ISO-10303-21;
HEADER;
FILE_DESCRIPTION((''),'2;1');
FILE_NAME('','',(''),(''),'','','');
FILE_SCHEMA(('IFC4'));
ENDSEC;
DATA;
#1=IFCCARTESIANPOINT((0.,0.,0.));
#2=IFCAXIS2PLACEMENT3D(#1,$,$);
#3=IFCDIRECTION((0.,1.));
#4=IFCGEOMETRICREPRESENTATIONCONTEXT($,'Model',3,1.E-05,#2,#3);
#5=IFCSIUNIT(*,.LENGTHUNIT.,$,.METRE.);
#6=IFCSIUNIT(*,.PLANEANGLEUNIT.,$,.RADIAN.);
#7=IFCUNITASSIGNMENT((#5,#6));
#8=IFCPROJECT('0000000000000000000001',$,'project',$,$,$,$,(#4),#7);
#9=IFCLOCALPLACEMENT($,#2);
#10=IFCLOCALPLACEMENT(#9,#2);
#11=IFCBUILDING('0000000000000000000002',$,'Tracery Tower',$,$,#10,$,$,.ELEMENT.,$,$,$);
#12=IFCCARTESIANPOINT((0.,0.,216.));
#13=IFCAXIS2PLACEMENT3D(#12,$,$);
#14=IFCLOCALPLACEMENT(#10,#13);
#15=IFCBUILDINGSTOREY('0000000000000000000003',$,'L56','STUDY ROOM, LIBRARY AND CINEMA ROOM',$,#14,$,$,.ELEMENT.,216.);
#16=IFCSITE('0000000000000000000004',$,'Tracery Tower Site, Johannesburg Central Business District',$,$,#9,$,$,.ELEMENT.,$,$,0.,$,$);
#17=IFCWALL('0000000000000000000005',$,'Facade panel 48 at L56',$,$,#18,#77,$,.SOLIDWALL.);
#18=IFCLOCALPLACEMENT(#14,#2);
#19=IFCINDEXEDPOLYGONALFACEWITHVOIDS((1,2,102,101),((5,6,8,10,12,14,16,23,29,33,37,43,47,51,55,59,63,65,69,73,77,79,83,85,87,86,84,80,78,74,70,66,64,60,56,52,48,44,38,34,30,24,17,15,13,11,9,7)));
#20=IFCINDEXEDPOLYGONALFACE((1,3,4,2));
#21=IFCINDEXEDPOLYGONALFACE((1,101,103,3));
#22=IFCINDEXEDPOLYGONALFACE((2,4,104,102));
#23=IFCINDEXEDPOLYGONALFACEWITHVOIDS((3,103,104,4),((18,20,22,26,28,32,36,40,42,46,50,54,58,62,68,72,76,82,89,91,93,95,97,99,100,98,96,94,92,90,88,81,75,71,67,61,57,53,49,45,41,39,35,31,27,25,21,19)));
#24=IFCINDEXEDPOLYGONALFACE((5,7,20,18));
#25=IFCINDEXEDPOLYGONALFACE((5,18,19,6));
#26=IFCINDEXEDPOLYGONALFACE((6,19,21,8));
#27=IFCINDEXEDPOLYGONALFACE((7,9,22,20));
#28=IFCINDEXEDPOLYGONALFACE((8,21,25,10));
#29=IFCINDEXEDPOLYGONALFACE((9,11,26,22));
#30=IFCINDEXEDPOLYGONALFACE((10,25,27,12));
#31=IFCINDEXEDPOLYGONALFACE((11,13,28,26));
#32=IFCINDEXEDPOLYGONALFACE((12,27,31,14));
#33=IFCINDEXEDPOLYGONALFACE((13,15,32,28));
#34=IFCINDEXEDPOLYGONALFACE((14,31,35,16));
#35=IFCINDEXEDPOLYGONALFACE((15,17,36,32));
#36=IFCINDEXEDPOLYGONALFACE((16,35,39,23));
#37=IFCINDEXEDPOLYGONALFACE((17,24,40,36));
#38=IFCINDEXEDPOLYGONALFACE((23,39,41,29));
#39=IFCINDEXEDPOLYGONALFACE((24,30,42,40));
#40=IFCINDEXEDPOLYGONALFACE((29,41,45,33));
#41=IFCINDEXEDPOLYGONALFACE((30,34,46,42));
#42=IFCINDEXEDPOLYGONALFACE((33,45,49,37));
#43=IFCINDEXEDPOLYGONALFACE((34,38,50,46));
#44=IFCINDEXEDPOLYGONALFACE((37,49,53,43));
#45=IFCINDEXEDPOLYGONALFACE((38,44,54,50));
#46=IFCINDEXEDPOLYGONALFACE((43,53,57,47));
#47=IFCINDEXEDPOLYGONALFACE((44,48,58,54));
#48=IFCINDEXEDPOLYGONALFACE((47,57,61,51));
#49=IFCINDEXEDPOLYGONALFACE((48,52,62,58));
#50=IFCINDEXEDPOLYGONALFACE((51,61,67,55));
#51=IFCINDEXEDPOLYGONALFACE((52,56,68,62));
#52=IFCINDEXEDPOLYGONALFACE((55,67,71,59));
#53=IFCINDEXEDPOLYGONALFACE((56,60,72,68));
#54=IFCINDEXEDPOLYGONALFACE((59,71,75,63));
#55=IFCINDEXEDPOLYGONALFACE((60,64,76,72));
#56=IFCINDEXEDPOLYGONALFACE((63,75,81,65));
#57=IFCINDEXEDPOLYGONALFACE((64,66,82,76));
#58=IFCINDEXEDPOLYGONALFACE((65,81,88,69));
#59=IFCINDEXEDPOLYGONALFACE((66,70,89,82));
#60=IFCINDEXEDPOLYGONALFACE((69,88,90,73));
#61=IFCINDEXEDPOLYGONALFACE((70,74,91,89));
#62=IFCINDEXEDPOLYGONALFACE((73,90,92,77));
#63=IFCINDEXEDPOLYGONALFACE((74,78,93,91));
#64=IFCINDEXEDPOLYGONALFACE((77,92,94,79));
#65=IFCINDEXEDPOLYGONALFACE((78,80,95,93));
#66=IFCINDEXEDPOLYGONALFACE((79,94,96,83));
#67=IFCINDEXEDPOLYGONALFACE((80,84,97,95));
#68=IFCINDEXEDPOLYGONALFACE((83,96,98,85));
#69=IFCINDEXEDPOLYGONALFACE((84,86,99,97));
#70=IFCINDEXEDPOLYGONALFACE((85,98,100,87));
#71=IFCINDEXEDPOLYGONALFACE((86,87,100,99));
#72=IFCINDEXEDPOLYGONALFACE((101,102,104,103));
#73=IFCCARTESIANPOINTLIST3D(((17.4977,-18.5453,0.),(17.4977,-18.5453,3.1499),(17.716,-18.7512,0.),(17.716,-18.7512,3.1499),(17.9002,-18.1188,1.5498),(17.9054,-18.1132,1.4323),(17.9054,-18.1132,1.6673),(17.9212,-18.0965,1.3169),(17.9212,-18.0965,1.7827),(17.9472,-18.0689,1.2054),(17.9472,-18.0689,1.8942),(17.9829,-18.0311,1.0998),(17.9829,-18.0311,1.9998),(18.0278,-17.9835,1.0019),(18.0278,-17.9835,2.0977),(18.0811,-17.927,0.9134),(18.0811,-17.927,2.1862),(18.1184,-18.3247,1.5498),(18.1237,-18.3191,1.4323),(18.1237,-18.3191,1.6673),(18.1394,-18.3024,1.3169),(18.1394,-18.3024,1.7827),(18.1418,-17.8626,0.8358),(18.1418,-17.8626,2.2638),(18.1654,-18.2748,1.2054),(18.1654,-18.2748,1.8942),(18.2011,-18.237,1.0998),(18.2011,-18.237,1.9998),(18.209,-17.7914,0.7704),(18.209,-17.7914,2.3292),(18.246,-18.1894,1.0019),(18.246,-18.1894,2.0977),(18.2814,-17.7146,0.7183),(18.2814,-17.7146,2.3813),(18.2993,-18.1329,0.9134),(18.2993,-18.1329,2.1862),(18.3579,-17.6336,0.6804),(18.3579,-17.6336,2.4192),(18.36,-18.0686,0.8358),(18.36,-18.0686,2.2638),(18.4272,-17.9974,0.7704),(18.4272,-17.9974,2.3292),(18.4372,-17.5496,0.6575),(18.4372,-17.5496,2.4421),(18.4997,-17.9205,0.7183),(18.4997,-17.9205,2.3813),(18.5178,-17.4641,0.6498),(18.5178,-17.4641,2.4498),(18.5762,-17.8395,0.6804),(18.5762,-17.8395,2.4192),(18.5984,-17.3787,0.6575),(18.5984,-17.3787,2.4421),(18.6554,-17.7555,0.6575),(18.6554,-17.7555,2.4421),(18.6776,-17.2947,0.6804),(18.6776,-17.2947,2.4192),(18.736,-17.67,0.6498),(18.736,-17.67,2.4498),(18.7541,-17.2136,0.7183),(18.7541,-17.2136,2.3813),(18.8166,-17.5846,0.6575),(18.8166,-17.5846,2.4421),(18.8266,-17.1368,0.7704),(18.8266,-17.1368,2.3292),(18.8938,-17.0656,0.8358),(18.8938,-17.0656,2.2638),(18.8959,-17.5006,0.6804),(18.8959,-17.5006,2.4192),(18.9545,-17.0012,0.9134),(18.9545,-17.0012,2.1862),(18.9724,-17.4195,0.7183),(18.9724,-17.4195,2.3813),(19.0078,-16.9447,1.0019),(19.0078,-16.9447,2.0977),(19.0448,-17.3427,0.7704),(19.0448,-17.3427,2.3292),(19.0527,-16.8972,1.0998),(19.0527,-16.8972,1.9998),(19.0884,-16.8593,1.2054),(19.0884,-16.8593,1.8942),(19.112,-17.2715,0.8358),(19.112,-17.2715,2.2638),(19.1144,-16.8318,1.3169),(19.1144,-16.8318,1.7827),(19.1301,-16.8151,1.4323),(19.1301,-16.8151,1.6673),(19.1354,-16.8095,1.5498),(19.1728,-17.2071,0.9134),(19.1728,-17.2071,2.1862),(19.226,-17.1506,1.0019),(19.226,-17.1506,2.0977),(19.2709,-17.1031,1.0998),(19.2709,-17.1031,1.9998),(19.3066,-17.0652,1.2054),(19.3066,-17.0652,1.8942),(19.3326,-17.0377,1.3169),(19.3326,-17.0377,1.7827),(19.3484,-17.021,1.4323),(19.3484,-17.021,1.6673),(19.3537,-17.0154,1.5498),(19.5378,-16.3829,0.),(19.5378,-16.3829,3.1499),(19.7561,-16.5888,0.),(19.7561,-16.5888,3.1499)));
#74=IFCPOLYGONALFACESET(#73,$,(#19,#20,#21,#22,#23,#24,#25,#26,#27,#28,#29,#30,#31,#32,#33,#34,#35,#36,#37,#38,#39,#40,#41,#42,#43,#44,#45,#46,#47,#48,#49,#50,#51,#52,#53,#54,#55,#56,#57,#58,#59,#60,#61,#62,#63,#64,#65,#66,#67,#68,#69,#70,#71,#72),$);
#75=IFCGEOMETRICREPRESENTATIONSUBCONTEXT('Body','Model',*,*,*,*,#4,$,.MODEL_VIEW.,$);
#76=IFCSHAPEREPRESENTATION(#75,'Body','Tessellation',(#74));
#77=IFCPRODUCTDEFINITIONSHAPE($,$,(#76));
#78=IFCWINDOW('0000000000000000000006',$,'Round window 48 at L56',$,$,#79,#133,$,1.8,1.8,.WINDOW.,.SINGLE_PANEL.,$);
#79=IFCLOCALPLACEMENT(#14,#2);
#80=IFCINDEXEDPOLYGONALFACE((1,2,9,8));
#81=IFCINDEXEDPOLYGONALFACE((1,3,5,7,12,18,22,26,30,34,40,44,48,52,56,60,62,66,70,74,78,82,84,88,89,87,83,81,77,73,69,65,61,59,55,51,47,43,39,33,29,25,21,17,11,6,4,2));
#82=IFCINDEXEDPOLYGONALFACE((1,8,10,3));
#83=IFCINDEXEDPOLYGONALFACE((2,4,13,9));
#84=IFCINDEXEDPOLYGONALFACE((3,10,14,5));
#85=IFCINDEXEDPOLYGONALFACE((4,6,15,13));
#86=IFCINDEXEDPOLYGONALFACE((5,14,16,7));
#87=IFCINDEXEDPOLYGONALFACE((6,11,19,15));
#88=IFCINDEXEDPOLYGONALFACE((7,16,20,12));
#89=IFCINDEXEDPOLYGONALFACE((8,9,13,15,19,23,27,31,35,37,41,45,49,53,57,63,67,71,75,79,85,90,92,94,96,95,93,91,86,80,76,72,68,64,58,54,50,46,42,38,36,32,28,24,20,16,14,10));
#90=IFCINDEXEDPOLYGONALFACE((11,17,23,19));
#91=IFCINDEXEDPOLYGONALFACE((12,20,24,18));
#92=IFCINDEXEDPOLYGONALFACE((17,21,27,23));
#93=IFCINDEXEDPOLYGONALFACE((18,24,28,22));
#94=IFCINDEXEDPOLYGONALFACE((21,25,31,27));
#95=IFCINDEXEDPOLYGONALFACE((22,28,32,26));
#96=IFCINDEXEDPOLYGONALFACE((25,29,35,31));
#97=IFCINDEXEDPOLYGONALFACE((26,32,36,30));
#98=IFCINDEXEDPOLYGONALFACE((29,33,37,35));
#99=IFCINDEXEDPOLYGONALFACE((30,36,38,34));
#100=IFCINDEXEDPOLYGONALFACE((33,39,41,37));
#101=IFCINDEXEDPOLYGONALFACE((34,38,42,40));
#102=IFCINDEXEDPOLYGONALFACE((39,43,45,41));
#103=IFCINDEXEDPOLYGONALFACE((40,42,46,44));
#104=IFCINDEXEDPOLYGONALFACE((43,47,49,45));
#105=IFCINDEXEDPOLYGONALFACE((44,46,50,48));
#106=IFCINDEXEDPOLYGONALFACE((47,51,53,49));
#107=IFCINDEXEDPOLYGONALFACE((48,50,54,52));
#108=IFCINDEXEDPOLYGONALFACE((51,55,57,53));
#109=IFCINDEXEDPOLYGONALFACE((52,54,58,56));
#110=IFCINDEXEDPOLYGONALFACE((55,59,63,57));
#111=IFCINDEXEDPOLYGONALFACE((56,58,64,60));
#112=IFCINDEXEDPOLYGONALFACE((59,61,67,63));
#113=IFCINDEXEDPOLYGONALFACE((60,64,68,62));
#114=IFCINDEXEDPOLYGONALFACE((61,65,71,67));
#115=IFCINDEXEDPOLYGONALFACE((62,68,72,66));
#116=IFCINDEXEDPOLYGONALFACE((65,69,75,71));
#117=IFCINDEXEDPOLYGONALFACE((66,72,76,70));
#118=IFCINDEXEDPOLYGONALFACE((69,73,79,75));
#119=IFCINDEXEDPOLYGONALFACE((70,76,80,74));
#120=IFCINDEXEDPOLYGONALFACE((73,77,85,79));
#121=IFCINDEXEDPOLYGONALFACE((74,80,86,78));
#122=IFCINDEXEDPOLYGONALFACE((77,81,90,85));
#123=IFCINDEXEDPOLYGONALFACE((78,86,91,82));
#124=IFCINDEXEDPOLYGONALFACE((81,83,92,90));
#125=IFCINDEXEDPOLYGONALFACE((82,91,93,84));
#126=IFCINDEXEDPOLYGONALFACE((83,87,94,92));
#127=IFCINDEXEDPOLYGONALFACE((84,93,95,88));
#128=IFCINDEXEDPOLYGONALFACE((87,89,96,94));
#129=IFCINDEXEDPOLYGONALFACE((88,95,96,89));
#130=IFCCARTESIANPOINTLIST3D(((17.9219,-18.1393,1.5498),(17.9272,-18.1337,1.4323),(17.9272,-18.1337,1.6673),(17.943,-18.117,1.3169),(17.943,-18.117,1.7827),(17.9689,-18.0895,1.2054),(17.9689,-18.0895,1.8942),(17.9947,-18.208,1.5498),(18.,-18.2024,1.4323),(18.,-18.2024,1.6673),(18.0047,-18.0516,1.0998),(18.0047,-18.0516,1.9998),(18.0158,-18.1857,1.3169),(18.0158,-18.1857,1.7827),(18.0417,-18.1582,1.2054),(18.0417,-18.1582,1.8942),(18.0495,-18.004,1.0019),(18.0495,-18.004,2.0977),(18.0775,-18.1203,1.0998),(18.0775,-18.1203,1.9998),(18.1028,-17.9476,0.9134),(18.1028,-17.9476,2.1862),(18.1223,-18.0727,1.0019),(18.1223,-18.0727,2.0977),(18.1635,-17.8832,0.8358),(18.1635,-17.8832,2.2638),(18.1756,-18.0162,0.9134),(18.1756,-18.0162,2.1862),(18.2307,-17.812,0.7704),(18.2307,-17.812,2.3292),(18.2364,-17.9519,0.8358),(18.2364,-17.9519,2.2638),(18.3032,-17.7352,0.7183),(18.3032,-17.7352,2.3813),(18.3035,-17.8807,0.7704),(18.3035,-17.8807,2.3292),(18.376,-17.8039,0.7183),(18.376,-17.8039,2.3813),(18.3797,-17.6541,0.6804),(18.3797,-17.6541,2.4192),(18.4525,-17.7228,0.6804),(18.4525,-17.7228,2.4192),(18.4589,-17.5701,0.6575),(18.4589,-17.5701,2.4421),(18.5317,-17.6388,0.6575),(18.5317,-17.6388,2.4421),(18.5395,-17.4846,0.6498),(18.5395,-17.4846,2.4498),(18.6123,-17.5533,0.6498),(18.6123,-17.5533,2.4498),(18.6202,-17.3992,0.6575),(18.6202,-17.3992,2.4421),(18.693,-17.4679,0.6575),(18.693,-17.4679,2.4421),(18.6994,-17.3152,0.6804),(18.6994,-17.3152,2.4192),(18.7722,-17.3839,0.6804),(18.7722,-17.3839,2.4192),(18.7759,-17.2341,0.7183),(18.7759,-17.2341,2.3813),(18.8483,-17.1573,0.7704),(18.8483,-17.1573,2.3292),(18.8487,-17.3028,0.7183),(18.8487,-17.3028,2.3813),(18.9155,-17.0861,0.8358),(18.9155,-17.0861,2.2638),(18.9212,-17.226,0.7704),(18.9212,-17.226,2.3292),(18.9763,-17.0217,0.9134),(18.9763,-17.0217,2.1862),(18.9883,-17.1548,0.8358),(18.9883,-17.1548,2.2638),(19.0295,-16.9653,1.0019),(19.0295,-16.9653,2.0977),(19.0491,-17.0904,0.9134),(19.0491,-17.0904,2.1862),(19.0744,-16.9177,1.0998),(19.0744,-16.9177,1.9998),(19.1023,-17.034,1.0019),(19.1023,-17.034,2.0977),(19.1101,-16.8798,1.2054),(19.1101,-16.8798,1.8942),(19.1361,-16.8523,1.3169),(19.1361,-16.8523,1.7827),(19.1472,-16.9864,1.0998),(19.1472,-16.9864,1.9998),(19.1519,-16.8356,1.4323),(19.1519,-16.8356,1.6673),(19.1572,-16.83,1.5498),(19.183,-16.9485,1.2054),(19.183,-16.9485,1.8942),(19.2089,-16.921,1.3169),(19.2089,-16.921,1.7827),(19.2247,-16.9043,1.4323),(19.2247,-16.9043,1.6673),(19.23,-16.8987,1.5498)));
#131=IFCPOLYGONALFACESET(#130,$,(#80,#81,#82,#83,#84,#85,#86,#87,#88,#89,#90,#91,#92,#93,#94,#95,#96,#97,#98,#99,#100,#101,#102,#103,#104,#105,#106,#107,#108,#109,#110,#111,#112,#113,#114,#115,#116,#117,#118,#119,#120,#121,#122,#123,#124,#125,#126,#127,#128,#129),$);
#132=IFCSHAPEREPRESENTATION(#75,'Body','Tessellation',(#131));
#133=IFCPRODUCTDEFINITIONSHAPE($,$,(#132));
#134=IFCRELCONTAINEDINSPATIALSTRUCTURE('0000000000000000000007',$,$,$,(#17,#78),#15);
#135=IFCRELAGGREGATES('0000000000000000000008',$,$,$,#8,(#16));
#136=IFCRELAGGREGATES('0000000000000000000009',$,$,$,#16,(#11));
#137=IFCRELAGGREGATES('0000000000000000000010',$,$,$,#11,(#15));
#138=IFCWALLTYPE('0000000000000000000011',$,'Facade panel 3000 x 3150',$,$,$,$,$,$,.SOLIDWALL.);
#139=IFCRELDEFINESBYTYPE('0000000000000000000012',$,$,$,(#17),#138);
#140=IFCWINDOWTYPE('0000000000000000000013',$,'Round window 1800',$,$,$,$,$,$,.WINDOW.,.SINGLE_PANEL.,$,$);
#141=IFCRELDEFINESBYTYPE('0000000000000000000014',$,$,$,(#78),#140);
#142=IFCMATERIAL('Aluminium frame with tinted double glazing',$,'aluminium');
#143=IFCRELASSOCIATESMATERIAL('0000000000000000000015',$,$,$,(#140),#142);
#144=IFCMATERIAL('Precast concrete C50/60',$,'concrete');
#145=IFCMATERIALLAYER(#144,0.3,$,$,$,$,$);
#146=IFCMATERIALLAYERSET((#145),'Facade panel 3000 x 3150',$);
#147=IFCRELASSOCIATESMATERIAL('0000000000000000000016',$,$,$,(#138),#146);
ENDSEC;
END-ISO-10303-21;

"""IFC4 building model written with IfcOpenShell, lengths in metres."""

from ifc_helpers import new_model, si_unit, direction, frame, frame_2d, origin, origin_2d, place, context, subcontext, project, spatial, rectangle, circle, extrude, material, layer, layer_set, type_object, element, fill, save


model = new_model("IFC4")

# Units and contexts
model_context = context("Model", 3, precision=1e-05, world=origin(), true_north=direction((0.0, 1.0)))
body_context = subcontext(model_context, "Body", "Model", "MODEL_VIEW")
ifc_project = project(units=[si_unit("LENGTHUNIT", "METRE"), si_unit("PLANEANGLEUNIT", "RADIAN")], contexts=[model_context])

# Site, building, storey
site_placement = place(None, origin())
site = spatial("IfcSite", under=ifc_project, at=site_placement, Name="Tracery Tower Site, Johannesburg Central Business District", CompositionType="ELEMENT", RefElevation=0.0)
building_placement = place(site_placement, origin())
building = spatial("IfcBuilding", under=site, at=building_placement, Name="Tracery Tower", CompositionType="ELEMENT")
storey_placement = place(building_placement, frame((0.0, 0.0, 216.0)))
storey = spatial("IfcBuildingStorey", under=building, at=storey_placement, Name="L56", Description="STUDY ROOM, LIBRARY AND CINEMA ROOM", CompositionType="ELEMENT", Elevation=216.0)

# Wall, opening, window
ifc_material_1 = material(Name="Aluminium frame with tinted double glazing", Category="aluminium")
window_type = type_object("IfcWindowType", Name="Round window 1800", PartitioningType="SINGLE_PANEL", PredefinedType="WINDOW", material=ifc_material_1)
ifc_material_2 = material(Name="Precast concrete C50/60", Category="concrete")
ifc_layer_1 = layer(ifc_material_2, 0.3)
ifc_layer_set_1 = layer_set([ifc_layer_1], Name="Facade panel 3000 x 3150")
wall_type_1 = type_object("IfcWallType", Name="Facade panel 3000 x 3150", PredefinedType="SOLIDWALL", material=ifc_layer_set_1)
wall_1_placement = place(storey_placement, frame((17.6069, -18.6482, 0.0), z_axis=(0.0, 0.0, 1.0), x_axis=(0.686235, 0.72738, 0.0)))
wall_1 = element("IfcWall", 1, at=wall_1_placement, inside=storey, type_object=wall_type_1, Name="Facade panel 48 at L56", PredefinedType="SOLIDWALL", context=body_context, shape_type="SweptSolid", body=[
    extrude(rectangle(XDim=2.9729, YDim=0.3, at=frame_2d((1.4863, 0.0))), origin(), (0.0, 0.0, 1.0), 3.1499),
])
opening_1_placement = place(wall_1_placement, frame((1.4863, 0.0, 1.5498)))
opening_1 = element("IfcOpeningElement", 2, at=opening_1_placement, cuts=wall_1, PredefinedType="OPENING", context=body_context, shape_type="SweptSolid", body=[
    extrude(circle(Radius=0.9, at=origin_2d()), frame((0.0, 0.1599, 0.0), z_axis=(0.0, -1.0, 0.0), x_axis=(1.0, 0.0, 0.0)), (0.0, 0.0, 1.0), 0.3201),
])
window_1_placement = place(opening_1_placement, origin())
window_1 = element("IfcWindow", 3, at=window_1_placement, inside=storey, type_object=window_type, Name="Round window 48 at L56", OverallHeight=1.8, OverallWidth=1.8, PartitioningType="SINGLE_PANEL", PredefinedType="WINDOW", context=body_context, shape_type="SweptSolid", body=[
    extrude(circle(Radius=0.9, at=origin_2d()), frame((0.0, 0.1201, 0.0), z_axis=(0.0, -1.0, 0.0), x_axis=(1.0, 0.0, 0.0)), (0.0, 0.0, 1.0), 0.1001),
])
fill(opening_1, window_1)

save(model, "model.ifc")
